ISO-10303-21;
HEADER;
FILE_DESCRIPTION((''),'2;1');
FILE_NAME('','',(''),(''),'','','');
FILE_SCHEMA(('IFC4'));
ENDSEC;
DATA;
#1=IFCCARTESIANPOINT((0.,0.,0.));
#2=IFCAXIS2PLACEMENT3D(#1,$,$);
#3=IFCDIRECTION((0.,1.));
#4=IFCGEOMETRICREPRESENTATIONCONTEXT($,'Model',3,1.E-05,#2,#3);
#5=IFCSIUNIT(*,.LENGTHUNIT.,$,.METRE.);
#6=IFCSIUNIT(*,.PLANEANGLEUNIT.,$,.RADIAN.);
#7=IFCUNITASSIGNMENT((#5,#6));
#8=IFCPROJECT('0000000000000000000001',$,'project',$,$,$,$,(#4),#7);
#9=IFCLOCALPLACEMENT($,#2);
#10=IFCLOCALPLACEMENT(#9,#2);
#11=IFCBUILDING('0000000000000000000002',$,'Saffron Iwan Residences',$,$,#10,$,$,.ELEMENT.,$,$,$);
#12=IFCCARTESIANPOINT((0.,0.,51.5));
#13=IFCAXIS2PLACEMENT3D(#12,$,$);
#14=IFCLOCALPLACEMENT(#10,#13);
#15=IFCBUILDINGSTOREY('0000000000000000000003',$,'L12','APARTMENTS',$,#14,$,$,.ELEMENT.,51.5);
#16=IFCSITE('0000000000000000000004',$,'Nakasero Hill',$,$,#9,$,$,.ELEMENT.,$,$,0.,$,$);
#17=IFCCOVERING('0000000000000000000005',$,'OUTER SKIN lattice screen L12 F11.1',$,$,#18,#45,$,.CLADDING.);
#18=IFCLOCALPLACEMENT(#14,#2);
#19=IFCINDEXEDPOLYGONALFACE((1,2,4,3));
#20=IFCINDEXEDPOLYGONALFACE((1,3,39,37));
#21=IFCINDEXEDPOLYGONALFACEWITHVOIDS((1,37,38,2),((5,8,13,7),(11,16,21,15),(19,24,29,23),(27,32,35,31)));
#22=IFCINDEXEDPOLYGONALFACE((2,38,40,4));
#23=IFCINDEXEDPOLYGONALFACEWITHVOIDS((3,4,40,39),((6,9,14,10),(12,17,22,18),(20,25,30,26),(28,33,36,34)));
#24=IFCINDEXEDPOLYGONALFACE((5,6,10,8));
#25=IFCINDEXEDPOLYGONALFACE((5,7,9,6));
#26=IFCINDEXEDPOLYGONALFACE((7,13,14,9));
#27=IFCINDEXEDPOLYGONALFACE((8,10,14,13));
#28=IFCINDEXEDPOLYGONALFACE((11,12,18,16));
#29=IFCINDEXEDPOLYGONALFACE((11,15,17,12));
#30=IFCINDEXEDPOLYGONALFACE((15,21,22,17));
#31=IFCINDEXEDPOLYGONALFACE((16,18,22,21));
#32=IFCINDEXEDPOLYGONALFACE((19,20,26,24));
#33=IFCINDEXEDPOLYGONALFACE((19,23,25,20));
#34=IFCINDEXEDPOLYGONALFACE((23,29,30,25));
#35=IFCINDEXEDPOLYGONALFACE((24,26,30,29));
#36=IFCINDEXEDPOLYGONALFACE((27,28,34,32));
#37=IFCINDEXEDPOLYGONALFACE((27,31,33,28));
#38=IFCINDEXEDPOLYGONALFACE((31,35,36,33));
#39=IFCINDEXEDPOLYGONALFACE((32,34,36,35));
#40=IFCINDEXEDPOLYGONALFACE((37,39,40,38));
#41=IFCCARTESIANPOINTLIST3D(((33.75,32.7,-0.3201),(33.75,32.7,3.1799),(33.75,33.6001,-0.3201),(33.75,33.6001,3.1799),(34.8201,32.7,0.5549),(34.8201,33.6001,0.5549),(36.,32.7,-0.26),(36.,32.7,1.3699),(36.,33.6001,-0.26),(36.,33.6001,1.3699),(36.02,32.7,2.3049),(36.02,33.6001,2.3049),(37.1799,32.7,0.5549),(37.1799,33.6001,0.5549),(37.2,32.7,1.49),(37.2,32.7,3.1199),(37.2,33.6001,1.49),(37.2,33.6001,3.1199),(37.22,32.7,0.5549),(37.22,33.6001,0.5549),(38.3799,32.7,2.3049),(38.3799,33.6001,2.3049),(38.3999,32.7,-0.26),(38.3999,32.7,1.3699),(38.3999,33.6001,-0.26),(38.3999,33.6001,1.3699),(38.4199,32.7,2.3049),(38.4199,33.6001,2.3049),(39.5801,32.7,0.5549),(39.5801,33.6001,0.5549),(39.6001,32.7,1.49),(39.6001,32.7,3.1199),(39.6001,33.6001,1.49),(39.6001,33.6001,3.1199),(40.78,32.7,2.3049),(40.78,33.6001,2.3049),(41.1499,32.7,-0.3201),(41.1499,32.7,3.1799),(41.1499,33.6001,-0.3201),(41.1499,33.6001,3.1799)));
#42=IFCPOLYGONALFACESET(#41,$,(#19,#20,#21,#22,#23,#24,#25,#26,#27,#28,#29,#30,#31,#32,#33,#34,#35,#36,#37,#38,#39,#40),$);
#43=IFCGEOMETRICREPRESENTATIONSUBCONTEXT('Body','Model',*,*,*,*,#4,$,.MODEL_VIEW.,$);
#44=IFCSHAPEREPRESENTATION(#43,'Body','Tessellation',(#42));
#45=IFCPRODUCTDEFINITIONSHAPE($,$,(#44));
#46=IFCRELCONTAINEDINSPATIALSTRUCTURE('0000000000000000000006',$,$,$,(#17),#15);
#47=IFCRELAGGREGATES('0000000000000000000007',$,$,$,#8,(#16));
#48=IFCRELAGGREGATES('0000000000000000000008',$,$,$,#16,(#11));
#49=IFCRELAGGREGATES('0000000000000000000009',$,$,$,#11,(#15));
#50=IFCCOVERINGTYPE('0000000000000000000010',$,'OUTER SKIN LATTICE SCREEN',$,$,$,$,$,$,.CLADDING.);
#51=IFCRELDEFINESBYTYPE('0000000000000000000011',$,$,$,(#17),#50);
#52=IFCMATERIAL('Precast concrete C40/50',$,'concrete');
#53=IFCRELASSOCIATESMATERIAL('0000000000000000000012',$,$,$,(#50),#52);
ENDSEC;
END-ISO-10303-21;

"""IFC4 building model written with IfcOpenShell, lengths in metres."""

from ifc_helpers import new_model, si_unit, direction, frame, origin, place, context, subcontext, project, spatial, polyline, outline, extrude, material, type_object, element, save


model = new_model("IFC4")

# Units and contexts
model_context = context("Model", 3, precision=1e-05, world=origin(), true_north=direction((0.0, 1.0)))
body_context = subcontext(model_context, "Body", "Model", "MODEL_VIEW")
ifc_project = project(units=[si_unit("LENGTHUNIT", "METRE"), si_unit("PLANEANGLEUNIT", "RADIAN")], contexts=[model_context])

# Site, building, storey
site_placement = place(None, origin())
site = spatial("IfcSite", under=ifc_project, at=site_placement, Name="Nakasero Hill", CompositionType="ELEMENT", RefElevation=0.0)
building_placement = place(site_placement, origin())
building = spatial("IfcBuilding", under=site, at=building_placement, Name="Saffron Iwan Residences", CompositionType="ELEMENT")
storey_placement = place(building_placement, frame((0.0, 0.0, 51.5)))
storey = spatial("IfcBuildingStorey", under=building, at=storey_placement, Name="L12", Description="APARTMENTS", CompositionType="ELEMENT", Elevation=51.5)

# Covering
ifc_material_1 = material(Name="Precast concrete C40/50", Category="concrete")
covering_type_1 = type_object("IfcCoveringType", Name="OUTER SKIN LATTICE SCREEN", PredefinedType="CLADDING", material=ifc_material_1)
covering_1_placement = place(storey_placement, frame((33.75, 33.6001, -0.3201), z_axis=(0.0, -1.0, 0.0), x_axis=(1.0, 0.0, 0.0)))
element("IfcCovering", 1, at=covering_1_placement, inside=storey, type_object=covering_type_1, Name="OUTER SKIN lattice screen L12 F11.1", PredefinedType="CLADDING", context=body_context, shape_type="SweptSolid", body=[
    extrude(outline(polyline([(0.0, 0.0), (7.3999, 0.0), (7.3999, 3.5), (0.0, 3.5), (0.0, 0.0)]), holes=[polyline([(1.0701, 0.875), (2.25, 0.0601), (3.4299, 0.875), (2.25, 1.6899), (1.0701, 0.875)]), polyline([(3.47, 0.875), (4.6499, 0.0601), (5.8301, 0.875), (4.6499, 1.6899), (3.47, 0.875)]), polyline([(2.27, 2.625), (3.45, 1.8101), (4.6299, 2.625), (3.45, 3.4399), (2.27, 2.625)]), polyline([(4.6699, 2.625), (5.8501, 1.8101), (7.03, 2.625), (5.8501, 3.4399), (4.6699, 2.625)])]), origin(), (0.0, 0.0, 1.0), 0.9001),
])

save(model, "model.ifc")
